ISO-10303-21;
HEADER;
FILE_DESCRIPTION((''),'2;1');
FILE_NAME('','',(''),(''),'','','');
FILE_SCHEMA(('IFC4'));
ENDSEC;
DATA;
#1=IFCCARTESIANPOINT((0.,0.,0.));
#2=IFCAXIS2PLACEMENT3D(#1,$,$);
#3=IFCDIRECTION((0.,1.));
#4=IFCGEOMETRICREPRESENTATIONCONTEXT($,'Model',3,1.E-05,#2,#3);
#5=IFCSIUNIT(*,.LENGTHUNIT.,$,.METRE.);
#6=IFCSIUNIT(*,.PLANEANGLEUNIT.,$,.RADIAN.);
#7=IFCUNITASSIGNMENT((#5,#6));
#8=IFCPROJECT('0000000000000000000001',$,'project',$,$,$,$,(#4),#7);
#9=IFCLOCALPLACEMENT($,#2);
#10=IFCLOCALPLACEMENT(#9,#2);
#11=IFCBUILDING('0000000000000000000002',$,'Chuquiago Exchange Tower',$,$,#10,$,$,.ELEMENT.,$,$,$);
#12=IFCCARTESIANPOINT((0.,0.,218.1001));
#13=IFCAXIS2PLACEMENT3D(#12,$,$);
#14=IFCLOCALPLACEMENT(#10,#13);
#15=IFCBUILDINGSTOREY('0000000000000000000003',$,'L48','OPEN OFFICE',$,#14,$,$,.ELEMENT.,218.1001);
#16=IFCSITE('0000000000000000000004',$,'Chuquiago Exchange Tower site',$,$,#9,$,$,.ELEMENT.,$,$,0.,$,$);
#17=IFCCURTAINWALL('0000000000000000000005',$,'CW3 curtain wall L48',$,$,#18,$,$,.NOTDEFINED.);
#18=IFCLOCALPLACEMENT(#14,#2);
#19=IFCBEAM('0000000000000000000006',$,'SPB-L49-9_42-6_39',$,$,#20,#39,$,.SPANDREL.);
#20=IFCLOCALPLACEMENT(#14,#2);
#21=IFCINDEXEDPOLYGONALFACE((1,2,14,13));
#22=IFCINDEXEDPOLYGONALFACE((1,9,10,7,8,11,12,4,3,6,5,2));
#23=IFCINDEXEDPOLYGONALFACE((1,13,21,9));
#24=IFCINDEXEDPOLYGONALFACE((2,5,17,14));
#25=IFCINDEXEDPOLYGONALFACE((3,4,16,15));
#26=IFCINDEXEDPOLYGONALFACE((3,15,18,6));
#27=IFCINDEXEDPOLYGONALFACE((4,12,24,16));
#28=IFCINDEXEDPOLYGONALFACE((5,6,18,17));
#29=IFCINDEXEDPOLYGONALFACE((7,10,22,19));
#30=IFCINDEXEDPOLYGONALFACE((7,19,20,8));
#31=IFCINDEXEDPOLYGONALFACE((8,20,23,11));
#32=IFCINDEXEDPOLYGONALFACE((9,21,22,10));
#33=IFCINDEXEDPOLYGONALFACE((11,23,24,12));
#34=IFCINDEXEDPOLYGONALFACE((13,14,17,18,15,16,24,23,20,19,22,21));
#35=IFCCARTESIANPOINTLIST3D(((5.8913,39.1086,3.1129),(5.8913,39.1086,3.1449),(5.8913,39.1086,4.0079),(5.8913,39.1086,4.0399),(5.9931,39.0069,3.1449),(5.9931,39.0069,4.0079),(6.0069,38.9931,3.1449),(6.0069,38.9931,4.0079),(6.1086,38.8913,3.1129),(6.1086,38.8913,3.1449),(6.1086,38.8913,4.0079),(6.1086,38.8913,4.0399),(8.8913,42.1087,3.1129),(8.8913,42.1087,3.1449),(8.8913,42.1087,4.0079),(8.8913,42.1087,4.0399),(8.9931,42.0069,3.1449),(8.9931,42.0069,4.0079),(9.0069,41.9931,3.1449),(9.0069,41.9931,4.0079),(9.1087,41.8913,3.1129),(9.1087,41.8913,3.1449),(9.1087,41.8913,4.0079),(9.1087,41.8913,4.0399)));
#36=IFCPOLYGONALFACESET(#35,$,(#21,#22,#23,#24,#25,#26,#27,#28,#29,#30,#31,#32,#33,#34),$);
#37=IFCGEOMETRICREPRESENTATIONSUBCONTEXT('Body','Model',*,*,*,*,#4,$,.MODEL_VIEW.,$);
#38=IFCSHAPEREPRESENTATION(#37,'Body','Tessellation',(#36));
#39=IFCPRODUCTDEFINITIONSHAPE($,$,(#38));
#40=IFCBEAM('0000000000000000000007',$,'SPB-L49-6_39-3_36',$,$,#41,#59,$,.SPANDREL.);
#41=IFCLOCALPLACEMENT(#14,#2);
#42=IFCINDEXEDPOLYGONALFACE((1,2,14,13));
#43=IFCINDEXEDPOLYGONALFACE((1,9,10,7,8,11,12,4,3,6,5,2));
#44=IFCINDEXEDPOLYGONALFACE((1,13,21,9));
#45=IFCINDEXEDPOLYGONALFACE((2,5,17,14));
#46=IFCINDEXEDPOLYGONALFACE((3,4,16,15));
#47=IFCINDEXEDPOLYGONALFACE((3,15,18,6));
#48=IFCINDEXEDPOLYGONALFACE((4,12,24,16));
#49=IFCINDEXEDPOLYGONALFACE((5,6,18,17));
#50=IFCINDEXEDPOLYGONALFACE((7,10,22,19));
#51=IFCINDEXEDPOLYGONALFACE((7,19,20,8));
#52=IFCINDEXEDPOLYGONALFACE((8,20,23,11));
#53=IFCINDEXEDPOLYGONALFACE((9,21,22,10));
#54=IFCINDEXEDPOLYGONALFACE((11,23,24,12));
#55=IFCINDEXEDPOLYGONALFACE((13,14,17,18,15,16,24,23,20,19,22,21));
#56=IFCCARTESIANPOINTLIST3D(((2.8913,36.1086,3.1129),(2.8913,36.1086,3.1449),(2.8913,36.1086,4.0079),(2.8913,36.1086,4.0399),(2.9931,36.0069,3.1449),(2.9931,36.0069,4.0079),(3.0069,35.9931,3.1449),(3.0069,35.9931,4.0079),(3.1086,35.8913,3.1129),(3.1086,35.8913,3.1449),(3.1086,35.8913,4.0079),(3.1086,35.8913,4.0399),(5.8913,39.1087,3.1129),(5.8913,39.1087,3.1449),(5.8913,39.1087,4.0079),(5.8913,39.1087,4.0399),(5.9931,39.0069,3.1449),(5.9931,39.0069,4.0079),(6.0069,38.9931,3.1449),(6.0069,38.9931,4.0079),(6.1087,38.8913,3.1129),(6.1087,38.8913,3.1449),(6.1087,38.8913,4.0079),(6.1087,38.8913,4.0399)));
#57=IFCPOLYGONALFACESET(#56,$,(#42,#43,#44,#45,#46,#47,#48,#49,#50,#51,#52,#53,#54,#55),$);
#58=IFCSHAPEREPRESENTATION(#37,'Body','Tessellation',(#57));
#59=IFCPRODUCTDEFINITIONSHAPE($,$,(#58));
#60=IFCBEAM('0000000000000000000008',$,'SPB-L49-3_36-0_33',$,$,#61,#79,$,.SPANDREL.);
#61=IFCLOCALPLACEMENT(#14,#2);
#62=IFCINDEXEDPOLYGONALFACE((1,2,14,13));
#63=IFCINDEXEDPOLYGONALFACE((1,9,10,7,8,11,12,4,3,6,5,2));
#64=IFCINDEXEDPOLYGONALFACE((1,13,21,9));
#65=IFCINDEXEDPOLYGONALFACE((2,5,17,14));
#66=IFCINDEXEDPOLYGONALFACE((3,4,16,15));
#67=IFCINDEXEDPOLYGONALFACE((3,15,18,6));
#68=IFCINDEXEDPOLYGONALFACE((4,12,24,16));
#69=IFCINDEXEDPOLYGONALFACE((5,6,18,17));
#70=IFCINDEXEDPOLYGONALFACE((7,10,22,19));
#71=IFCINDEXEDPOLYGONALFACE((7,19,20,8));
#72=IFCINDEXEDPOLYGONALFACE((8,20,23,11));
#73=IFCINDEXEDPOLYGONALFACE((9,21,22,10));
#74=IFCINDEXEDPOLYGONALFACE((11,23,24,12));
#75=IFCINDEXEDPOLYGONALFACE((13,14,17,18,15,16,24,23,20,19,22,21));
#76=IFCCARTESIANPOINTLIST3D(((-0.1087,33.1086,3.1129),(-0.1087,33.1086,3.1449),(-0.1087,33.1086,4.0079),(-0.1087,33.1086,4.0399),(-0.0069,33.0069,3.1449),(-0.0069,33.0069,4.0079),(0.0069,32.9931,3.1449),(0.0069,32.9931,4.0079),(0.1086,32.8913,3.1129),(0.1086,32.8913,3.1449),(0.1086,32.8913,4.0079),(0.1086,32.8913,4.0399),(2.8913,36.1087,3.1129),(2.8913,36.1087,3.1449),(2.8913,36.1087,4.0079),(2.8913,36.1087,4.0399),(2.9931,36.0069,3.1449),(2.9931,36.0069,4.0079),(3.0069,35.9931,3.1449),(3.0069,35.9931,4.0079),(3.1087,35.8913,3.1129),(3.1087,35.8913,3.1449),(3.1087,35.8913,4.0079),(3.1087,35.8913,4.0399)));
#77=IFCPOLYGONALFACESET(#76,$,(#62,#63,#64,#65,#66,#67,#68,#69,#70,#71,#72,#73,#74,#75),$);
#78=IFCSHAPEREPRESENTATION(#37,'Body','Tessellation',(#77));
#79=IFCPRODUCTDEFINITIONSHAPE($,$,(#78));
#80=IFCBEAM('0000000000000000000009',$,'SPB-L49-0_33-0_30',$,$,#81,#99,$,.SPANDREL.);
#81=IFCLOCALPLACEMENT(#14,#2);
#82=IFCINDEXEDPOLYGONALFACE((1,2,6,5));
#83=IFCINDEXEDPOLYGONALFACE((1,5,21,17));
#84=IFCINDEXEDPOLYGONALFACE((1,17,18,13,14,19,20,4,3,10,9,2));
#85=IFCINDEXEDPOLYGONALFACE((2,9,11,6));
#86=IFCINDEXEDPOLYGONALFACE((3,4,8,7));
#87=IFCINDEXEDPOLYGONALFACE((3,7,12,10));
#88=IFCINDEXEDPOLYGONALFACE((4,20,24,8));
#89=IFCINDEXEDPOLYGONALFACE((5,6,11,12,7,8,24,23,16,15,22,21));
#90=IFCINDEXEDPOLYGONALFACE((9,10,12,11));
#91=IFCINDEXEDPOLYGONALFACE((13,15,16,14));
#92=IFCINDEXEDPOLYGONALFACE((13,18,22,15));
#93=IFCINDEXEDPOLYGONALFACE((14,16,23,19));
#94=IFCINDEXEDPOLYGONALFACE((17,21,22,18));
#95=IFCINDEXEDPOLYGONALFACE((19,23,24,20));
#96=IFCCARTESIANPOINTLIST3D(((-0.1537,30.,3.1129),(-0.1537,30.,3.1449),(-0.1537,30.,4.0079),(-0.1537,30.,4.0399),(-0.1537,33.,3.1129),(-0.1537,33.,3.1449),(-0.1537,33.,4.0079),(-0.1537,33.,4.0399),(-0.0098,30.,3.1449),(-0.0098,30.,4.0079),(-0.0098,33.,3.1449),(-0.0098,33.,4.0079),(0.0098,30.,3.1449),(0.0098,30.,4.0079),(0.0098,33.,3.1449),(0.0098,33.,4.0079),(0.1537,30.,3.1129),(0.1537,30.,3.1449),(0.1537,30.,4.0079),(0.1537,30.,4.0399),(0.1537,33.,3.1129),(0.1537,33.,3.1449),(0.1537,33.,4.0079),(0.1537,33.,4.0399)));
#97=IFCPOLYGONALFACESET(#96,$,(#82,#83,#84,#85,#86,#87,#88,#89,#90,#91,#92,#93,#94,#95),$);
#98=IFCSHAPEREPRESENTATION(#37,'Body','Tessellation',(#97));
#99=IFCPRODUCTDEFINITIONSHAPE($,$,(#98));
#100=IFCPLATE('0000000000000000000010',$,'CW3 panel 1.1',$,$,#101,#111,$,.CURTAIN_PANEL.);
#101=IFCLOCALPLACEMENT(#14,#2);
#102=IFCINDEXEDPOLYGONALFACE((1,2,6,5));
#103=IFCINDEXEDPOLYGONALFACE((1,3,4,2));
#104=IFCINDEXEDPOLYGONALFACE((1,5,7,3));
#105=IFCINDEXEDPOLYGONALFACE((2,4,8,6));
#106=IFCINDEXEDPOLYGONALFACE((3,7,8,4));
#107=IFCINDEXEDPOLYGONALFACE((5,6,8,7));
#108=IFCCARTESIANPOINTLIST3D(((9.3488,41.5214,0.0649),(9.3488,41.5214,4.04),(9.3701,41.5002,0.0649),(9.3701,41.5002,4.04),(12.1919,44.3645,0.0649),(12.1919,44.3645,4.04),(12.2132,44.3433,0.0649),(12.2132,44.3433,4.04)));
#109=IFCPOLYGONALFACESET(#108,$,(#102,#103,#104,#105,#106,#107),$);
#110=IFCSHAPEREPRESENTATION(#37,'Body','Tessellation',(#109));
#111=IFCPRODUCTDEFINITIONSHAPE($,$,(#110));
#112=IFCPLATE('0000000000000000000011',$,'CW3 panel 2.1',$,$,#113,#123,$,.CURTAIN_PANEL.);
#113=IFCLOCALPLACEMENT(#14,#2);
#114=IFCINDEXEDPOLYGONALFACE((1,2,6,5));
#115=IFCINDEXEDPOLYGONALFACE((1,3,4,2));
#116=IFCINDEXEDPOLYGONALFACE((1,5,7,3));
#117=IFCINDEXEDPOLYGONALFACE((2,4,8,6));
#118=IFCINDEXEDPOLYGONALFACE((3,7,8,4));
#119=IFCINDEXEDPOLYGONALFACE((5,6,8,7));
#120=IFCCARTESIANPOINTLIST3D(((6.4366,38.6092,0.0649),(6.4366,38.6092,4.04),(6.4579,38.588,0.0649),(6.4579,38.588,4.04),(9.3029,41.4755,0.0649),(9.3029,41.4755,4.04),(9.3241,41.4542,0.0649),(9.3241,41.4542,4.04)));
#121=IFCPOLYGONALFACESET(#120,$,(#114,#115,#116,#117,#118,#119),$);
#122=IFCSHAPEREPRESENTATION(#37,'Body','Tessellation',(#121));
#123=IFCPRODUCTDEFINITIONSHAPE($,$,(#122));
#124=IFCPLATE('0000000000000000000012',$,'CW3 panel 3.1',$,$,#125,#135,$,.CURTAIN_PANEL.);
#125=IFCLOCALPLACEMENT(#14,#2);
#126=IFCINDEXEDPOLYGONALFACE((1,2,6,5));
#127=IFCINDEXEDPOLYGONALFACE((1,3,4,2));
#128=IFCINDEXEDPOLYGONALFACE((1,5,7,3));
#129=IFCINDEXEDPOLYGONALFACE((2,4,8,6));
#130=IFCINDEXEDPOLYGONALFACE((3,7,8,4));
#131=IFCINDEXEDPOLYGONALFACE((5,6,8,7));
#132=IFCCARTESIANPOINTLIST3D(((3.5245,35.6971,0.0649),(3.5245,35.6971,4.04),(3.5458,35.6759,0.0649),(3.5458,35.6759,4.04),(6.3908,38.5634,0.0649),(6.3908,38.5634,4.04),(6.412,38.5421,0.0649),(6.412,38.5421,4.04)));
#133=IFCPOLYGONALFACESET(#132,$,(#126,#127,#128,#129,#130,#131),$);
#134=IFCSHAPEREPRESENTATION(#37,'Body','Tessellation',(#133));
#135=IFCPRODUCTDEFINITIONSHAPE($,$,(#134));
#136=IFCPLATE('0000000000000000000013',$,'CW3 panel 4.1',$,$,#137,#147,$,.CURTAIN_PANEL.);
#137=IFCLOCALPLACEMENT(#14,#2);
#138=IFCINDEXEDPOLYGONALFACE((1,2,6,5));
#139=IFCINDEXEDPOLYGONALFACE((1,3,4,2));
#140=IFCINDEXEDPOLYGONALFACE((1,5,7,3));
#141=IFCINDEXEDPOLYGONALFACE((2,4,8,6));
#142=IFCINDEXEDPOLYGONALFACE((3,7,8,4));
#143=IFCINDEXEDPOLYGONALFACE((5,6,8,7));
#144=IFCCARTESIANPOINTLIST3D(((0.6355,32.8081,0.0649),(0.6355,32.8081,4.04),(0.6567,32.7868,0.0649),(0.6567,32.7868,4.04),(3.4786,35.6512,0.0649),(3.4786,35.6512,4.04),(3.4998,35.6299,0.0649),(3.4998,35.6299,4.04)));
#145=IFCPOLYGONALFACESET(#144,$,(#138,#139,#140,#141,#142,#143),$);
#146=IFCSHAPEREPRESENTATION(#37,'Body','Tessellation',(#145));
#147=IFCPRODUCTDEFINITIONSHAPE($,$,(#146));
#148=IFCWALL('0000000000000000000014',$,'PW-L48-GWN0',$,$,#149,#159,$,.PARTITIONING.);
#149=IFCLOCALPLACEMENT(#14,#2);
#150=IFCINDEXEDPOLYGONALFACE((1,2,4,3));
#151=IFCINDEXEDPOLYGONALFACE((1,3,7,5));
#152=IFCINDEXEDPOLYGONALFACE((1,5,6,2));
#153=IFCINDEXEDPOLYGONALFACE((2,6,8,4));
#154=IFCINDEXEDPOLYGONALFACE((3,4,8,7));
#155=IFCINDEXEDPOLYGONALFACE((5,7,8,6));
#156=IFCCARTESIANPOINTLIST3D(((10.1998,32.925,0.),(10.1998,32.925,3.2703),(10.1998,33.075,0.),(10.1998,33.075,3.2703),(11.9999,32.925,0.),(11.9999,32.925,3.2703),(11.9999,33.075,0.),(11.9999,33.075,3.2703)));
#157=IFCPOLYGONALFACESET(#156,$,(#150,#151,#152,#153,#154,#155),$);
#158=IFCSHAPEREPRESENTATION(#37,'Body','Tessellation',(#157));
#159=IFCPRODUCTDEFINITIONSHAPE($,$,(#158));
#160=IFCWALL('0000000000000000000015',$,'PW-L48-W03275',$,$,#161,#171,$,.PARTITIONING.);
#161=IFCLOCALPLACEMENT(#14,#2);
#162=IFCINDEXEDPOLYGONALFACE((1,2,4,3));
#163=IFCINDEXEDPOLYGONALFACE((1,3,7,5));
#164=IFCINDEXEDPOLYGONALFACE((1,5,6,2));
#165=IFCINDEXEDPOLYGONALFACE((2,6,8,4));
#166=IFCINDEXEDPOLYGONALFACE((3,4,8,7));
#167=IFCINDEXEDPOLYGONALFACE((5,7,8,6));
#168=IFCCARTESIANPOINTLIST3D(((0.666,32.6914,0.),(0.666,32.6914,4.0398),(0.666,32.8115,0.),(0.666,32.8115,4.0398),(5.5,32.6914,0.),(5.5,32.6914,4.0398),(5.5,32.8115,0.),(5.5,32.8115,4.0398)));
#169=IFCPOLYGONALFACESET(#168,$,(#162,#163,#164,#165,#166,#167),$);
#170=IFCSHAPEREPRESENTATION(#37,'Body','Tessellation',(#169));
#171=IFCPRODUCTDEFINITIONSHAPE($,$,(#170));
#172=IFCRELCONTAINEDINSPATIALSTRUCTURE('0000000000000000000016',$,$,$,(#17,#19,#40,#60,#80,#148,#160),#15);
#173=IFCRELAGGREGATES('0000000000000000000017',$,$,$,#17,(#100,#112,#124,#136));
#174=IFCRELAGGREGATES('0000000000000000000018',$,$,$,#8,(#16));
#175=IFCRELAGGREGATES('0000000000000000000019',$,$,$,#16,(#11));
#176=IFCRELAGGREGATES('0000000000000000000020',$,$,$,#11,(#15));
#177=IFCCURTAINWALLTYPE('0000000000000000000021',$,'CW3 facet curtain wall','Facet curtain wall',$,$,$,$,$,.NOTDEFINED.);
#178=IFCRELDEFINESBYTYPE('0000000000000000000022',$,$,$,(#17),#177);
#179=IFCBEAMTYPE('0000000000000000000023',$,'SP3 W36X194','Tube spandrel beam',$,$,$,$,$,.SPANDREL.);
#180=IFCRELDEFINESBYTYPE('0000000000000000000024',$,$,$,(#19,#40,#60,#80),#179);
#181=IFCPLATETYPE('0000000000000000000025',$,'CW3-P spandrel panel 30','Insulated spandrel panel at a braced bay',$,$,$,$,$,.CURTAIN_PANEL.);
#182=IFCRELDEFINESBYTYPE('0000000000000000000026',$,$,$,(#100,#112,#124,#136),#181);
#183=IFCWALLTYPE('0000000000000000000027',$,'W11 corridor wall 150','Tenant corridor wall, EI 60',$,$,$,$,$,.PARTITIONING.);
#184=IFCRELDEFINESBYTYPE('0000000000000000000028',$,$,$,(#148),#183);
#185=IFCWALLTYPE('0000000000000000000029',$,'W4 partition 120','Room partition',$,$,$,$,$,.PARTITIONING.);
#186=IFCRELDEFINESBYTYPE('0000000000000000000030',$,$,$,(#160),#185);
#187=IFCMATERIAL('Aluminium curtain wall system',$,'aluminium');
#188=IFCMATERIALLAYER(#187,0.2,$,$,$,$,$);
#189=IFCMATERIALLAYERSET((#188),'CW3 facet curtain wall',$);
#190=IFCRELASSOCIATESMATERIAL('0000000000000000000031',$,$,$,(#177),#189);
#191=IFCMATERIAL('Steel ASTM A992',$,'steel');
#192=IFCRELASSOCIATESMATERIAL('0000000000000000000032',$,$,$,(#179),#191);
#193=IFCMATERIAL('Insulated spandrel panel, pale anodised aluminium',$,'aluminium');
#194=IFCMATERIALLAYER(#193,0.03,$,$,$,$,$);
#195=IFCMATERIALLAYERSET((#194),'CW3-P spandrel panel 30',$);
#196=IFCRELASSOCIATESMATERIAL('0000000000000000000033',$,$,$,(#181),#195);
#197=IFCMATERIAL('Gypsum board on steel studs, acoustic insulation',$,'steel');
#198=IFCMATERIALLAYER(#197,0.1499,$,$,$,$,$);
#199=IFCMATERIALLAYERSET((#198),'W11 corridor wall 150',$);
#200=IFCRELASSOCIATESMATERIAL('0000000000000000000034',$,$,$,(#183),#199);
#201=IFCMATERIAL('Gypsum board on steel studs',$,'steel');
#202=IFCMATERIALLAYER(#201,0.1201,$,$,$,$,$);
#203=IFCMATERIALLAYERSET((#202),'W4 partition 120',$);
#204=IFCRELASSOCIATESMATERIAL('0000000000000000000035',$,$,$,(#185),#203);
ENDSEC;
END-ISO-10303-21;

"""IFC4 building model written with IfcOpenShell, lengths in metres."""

from ifc_helpers import new_model, si_unit, direction, frame, frame_2d, origin, origin_2d, place, context, subcontext, project, spatial, rectangle, i_section, extrude, material, layer, layer_set, material_profile, profile_set, type_object, element, aggregate, save


model = new_model("IFC4")

# Units and contexts
model_context = context("Model", 3, precision=1e-05, world=origin(), true_north=direction((0.0, 1.0)))
body_context = subcontext(model_context, "Body", "Model", "MODEL_VIEW")
ifc_project = project(units=[si_unit("LENGTHUNIT", "METRE"), si_unit("PLANEANGLEUNIT", "RADIAN")], contexts=[model_context])

# Site, building, storey
site_placement = place(None, origin())
site = spatial("IfcSite", under=ifc_project, at=site_placement, Name="Chuquiago Exchange Tower site", CompositionType="ELEMENT", RefElevation=0.0)
building_placement = place(site_placement, origin())
building = spatial("IfcBuilding", under=site, at=building_placement, Name="Chuquiago Exchange Tower", CompositionType="ELEMENT")
storey_placement = place(building_placement, frame((0.0, 0.0, 218.1001)))
storey = spatial("IfcBuildingStorey", under=building, at=storey_placement, Name="L48", Description="OPEN OFFICE", CompositionType="ELEMENT", Elevation=218.1001)

# Curtain wall
ifc_material_1 = material(Name="Aluminium curtain wall system", Category="aluminium")
ifc_layer_1 = layer(ifc_material_1, 0.2)
ifc_layer_set_1 = layer_set([ifc_layer_1], Name="CW3 facet curtain wall")
curtain_wall_type_1 = type_object("IfcCurtainWallType", Name="CW3 facet curtain wall", Description="Facet curtain wall", PredefinedType="NOTDEFINED", material=ifc_layer_set_1)
curtain_wall_1_placement = place(storey_placement, origin())
curtain_wall_1 = element("IfcCurtainWall", 1, at=curtain_wall_1_placement, inside=storey, type_object=curtain_wall_type_1, Name="CW3 curtain wall L48", PredefinedType="NOTDEFINED")

# Beams
ifc_material_2 = material(Name="Steel ASTM A992", Category="steel")
ifc_material_profile_1 = material_profile(ifc_material_2, i_section(OverallWidth=0.3074, OverallDepth=0.927, WebThickness=0.0195, FlangeThickness=0.032, at=origin_2d()), Name="W36X194")
ifc_profile_set_1 = profile_set([ifc_material_profile_1], Name="Steel ASTM A992")
beam_type_1 = type_object("IfcBeamType", Name="SP3 W36X194", Description="Tube spandrel beam", PredefinedType="SPANDREL", material=ifc_profile_set_1)
for number, where, z_axis, x_axis, name in (
    (2, (9.0, 42.0, 3.5764), (-0.707107, -0.707107, 0.0), (0.707107, -0.707107, 0.0), "SPB-L49-9_42-6_39"),
    (3, (6.0, 39.0, 3.5764), (-0.707107, -0.707107, 0.0), (0.707107, -0.707107, 0.0), "SPB-L49-6_39-3_36"),
    (4, (3.0, 36.0, 3.5764), (-0.707107, -0.707107, 0.0), (0.707107, -0.707107, 0.0), "SPB-L49-3_36-0_33"),
):
    element("IfcBeam", number, at=place(storey_placement, frame(where, z_axis=z_axis, x_axis=x_axis)), inside=storey, type_object=beam_type_1, Name=name, PredefinedType="SPANDREL", context=body_context, shape_type="SweptSolid", body=[
        extrude(i_section(OverallWidth=0.3074, OverallDepth=0.927, WebThickness=0.0195, FlangeThickness=0.032, at=origin_2d()), origin(), (0.0, 0.0, 1.0), 4.2427),
    ])
beam_1_placement = place(storey_placement, frame((0.0, 33.0, 3.5764), z_axis=(0.0, -1.0, 0.0), x_axis=(1.0, 0.0, 0.0)))
element("IfcBeam", 5, at=beam_1_placement, inside=storey, type_object=beam_type_1, Name="SPB-L49-0_33-0_30", PredefinedType="SPANDREL", context=body_context, shape_type="SweptSolid", body=[
    extrude(i_section(OverallWidth=0.3074, OverallDepth=0.927, WebThickness=0.0195, FlangeThickness=0.032, at=origin_2d()), origin(), (0.0, 0.0, 1.0), 3.0),
])

# Plates
ifc_material_3 = material(Name="Insulated spandrel panel, pale anodised aluminium", Category="aluminium")
ifc_layer_2 = layer(ifc_material_3, 0.03)
ifc_layer_set_2 = layer_set([ifc_layer_2], Name="CW3-P spandrel panel 30")
plate_type = type_object("IfcPlateType", Name="CW3-P spandrel panel 30", Description="Insulated spandrel panel at a braced bay", PredefinedType="CURTAIN_PANEL", material=ifc_layer_set_2)
plate_1_placement = place(storey_placement, frame((10.781, 42.9324, 0.0649), z_axis=(0.0, 0.0, 1.0), x_axis=(-0.707107, -0.707107, 0.0)))
plate_1 = element("IfcPlate", 6, at=plate_1_placement, type_object=plate_type, Name="CW3 panel 1.1", PredefinedType="CURTAIN_PANEL", context=body_context, shape_type="SweptSolid", body=[
    extrude(rectangle(XDim=4.0208, YDim=0.03, at=origin_2d()), origin(), (0.0, 0.0, 1.0), 3.9751),
])
plate_2_placement = place(storey_placement, frame((7.8804, 40.0317, 0.0649), z_axis=(0.0, 0.0, 1.0), x_axis=(-0.707107, -0.707107, 0.0)))
plate_2 = element("IfcPlate", 7, at=plate_2_placement, type_object=plate_type, Name="CW3 panel 2.1", PredefinedType="CURTAIN_PANEL", context=body_context, shape_type="SweptSolid", body=[
    extrude(rectangle(XDim=4.0535, YDim=0.03, at=origin_2d()), origin(), (0.0, 0.0, 1.0), 3.9751),
])
plate_3_placement = place(storey_placement, frame((4.9683, 37.1196, 0.0649), z_axis=(0.0, 0.0, 1.0), x_axis=(-0.707107, -0.707107, 0.0)))
plate_3 = element("IfcPlate", 8, at=plate_3_placement, type_object=plate_type, Name="CW3 panel 3.1", PredefinedType="CURTAIN_PANEL", context=body_context, shape_type="SweptSolid", body=[
    extrude(rectangle(XDim=4.0535, YDim=0.03, at=origin_2d()), origin(), (0.0, 0.0, 1.0), 3.9751),
])
plate_4_placement = place(storey_placement, frame((2.0676, 34.219, 0.0649), z_axis=(0.0, 0.0, 1.0), x_axis=(-0.707107, -0.707107, 0.0)))
plate_4 = element("IfcPlate", 9, at=plate_4_placement, type_object=plate_type, Name="CW3 panel 4.1", PredefinedType="CURTAIN_PANEL", context=body_context, shape_type="SweptSolid", body=[
    extrude(rectangle(XDim=4.0208, YDim=0.03, at=origin_2d()), origin(), (0.0, 0.0, 1.0), 3.9751),
])
aggregate(curtain_wall_1, [plate_1, plate_2, plate_3, plate_4])

# Walls
ifc_material_4 = material(Name="Gypsum board on steel studs, acoustic insulation", Category="steel")
ifc_layer_3 = layer(ifc_material_4, 0.1499)
ifc_layer_set_3 = layer_set([ifc_layer_3], Name="W11 corridor wall 150")
wall_type_1 = type_object("IfcWallType", Name="W11 corridor wall 150", Description="Tenant corridor wall, EI 60", PredefinedType="PARTITIONING", material=ifc_layer_set_3)
wall_1_placement = place(storey_placement, frame((10.2, 33.0, 0.0), z_axis=(0.0, 0.0, 1.0), x_axis=(1.0, 0.0, 0.0)))
element("IfcWall", 10, at=wall_1_placement, inside=storey, type_object=wall_type_1, Name="PW-L48-GWN0", PredefinedType="PARTITIONING", context=body_context, shape_type="SweptSolid", body=[
    extrude(rectangle(XDim=1.8, YDim=0.1499, at=frame_2d((0.8999, 0.0))), origin(), (0.0, 0.0, 1.0), 3.2703),
])
ifc_material_5 = material(Name="Gypsum board on steel studs", Category="steel")
ifc_layer_4 = layer(ifc_material_5, 0.1201)
ifc_layer_set_4 = layer_set([ifc_layer_4], Name="W4 partition 120")
wall_type_2 = type_object("IfcWallType", Name="W4 partition 120", Description="Room partition", PredefinedType="PARTITIONING", material=ifc_layer_set_4)
wall_2_placement = place(storey_placement, frame((0.666, 32.7515, 0.0), z_axis=(0.0, 0.0, 1.0), x_axis=(1.0, 0.0, 0.0)))
element("IfcWall", 11, at=wall_2_placement, inside=storey, type_object=wall_type_2, Name="PW-L48-W03275", PredefinedType="PARTITIONING", context=body_context, shape_type="SweptSolid", body=[
    extrude(rectangle(XDim=4.834, YDim=0.1201, at=frame_2d((2.417, 0.0))), origin(), (0.0, 0.0, 1.0), 4.0398),
])

save(model, "model.ifc")
